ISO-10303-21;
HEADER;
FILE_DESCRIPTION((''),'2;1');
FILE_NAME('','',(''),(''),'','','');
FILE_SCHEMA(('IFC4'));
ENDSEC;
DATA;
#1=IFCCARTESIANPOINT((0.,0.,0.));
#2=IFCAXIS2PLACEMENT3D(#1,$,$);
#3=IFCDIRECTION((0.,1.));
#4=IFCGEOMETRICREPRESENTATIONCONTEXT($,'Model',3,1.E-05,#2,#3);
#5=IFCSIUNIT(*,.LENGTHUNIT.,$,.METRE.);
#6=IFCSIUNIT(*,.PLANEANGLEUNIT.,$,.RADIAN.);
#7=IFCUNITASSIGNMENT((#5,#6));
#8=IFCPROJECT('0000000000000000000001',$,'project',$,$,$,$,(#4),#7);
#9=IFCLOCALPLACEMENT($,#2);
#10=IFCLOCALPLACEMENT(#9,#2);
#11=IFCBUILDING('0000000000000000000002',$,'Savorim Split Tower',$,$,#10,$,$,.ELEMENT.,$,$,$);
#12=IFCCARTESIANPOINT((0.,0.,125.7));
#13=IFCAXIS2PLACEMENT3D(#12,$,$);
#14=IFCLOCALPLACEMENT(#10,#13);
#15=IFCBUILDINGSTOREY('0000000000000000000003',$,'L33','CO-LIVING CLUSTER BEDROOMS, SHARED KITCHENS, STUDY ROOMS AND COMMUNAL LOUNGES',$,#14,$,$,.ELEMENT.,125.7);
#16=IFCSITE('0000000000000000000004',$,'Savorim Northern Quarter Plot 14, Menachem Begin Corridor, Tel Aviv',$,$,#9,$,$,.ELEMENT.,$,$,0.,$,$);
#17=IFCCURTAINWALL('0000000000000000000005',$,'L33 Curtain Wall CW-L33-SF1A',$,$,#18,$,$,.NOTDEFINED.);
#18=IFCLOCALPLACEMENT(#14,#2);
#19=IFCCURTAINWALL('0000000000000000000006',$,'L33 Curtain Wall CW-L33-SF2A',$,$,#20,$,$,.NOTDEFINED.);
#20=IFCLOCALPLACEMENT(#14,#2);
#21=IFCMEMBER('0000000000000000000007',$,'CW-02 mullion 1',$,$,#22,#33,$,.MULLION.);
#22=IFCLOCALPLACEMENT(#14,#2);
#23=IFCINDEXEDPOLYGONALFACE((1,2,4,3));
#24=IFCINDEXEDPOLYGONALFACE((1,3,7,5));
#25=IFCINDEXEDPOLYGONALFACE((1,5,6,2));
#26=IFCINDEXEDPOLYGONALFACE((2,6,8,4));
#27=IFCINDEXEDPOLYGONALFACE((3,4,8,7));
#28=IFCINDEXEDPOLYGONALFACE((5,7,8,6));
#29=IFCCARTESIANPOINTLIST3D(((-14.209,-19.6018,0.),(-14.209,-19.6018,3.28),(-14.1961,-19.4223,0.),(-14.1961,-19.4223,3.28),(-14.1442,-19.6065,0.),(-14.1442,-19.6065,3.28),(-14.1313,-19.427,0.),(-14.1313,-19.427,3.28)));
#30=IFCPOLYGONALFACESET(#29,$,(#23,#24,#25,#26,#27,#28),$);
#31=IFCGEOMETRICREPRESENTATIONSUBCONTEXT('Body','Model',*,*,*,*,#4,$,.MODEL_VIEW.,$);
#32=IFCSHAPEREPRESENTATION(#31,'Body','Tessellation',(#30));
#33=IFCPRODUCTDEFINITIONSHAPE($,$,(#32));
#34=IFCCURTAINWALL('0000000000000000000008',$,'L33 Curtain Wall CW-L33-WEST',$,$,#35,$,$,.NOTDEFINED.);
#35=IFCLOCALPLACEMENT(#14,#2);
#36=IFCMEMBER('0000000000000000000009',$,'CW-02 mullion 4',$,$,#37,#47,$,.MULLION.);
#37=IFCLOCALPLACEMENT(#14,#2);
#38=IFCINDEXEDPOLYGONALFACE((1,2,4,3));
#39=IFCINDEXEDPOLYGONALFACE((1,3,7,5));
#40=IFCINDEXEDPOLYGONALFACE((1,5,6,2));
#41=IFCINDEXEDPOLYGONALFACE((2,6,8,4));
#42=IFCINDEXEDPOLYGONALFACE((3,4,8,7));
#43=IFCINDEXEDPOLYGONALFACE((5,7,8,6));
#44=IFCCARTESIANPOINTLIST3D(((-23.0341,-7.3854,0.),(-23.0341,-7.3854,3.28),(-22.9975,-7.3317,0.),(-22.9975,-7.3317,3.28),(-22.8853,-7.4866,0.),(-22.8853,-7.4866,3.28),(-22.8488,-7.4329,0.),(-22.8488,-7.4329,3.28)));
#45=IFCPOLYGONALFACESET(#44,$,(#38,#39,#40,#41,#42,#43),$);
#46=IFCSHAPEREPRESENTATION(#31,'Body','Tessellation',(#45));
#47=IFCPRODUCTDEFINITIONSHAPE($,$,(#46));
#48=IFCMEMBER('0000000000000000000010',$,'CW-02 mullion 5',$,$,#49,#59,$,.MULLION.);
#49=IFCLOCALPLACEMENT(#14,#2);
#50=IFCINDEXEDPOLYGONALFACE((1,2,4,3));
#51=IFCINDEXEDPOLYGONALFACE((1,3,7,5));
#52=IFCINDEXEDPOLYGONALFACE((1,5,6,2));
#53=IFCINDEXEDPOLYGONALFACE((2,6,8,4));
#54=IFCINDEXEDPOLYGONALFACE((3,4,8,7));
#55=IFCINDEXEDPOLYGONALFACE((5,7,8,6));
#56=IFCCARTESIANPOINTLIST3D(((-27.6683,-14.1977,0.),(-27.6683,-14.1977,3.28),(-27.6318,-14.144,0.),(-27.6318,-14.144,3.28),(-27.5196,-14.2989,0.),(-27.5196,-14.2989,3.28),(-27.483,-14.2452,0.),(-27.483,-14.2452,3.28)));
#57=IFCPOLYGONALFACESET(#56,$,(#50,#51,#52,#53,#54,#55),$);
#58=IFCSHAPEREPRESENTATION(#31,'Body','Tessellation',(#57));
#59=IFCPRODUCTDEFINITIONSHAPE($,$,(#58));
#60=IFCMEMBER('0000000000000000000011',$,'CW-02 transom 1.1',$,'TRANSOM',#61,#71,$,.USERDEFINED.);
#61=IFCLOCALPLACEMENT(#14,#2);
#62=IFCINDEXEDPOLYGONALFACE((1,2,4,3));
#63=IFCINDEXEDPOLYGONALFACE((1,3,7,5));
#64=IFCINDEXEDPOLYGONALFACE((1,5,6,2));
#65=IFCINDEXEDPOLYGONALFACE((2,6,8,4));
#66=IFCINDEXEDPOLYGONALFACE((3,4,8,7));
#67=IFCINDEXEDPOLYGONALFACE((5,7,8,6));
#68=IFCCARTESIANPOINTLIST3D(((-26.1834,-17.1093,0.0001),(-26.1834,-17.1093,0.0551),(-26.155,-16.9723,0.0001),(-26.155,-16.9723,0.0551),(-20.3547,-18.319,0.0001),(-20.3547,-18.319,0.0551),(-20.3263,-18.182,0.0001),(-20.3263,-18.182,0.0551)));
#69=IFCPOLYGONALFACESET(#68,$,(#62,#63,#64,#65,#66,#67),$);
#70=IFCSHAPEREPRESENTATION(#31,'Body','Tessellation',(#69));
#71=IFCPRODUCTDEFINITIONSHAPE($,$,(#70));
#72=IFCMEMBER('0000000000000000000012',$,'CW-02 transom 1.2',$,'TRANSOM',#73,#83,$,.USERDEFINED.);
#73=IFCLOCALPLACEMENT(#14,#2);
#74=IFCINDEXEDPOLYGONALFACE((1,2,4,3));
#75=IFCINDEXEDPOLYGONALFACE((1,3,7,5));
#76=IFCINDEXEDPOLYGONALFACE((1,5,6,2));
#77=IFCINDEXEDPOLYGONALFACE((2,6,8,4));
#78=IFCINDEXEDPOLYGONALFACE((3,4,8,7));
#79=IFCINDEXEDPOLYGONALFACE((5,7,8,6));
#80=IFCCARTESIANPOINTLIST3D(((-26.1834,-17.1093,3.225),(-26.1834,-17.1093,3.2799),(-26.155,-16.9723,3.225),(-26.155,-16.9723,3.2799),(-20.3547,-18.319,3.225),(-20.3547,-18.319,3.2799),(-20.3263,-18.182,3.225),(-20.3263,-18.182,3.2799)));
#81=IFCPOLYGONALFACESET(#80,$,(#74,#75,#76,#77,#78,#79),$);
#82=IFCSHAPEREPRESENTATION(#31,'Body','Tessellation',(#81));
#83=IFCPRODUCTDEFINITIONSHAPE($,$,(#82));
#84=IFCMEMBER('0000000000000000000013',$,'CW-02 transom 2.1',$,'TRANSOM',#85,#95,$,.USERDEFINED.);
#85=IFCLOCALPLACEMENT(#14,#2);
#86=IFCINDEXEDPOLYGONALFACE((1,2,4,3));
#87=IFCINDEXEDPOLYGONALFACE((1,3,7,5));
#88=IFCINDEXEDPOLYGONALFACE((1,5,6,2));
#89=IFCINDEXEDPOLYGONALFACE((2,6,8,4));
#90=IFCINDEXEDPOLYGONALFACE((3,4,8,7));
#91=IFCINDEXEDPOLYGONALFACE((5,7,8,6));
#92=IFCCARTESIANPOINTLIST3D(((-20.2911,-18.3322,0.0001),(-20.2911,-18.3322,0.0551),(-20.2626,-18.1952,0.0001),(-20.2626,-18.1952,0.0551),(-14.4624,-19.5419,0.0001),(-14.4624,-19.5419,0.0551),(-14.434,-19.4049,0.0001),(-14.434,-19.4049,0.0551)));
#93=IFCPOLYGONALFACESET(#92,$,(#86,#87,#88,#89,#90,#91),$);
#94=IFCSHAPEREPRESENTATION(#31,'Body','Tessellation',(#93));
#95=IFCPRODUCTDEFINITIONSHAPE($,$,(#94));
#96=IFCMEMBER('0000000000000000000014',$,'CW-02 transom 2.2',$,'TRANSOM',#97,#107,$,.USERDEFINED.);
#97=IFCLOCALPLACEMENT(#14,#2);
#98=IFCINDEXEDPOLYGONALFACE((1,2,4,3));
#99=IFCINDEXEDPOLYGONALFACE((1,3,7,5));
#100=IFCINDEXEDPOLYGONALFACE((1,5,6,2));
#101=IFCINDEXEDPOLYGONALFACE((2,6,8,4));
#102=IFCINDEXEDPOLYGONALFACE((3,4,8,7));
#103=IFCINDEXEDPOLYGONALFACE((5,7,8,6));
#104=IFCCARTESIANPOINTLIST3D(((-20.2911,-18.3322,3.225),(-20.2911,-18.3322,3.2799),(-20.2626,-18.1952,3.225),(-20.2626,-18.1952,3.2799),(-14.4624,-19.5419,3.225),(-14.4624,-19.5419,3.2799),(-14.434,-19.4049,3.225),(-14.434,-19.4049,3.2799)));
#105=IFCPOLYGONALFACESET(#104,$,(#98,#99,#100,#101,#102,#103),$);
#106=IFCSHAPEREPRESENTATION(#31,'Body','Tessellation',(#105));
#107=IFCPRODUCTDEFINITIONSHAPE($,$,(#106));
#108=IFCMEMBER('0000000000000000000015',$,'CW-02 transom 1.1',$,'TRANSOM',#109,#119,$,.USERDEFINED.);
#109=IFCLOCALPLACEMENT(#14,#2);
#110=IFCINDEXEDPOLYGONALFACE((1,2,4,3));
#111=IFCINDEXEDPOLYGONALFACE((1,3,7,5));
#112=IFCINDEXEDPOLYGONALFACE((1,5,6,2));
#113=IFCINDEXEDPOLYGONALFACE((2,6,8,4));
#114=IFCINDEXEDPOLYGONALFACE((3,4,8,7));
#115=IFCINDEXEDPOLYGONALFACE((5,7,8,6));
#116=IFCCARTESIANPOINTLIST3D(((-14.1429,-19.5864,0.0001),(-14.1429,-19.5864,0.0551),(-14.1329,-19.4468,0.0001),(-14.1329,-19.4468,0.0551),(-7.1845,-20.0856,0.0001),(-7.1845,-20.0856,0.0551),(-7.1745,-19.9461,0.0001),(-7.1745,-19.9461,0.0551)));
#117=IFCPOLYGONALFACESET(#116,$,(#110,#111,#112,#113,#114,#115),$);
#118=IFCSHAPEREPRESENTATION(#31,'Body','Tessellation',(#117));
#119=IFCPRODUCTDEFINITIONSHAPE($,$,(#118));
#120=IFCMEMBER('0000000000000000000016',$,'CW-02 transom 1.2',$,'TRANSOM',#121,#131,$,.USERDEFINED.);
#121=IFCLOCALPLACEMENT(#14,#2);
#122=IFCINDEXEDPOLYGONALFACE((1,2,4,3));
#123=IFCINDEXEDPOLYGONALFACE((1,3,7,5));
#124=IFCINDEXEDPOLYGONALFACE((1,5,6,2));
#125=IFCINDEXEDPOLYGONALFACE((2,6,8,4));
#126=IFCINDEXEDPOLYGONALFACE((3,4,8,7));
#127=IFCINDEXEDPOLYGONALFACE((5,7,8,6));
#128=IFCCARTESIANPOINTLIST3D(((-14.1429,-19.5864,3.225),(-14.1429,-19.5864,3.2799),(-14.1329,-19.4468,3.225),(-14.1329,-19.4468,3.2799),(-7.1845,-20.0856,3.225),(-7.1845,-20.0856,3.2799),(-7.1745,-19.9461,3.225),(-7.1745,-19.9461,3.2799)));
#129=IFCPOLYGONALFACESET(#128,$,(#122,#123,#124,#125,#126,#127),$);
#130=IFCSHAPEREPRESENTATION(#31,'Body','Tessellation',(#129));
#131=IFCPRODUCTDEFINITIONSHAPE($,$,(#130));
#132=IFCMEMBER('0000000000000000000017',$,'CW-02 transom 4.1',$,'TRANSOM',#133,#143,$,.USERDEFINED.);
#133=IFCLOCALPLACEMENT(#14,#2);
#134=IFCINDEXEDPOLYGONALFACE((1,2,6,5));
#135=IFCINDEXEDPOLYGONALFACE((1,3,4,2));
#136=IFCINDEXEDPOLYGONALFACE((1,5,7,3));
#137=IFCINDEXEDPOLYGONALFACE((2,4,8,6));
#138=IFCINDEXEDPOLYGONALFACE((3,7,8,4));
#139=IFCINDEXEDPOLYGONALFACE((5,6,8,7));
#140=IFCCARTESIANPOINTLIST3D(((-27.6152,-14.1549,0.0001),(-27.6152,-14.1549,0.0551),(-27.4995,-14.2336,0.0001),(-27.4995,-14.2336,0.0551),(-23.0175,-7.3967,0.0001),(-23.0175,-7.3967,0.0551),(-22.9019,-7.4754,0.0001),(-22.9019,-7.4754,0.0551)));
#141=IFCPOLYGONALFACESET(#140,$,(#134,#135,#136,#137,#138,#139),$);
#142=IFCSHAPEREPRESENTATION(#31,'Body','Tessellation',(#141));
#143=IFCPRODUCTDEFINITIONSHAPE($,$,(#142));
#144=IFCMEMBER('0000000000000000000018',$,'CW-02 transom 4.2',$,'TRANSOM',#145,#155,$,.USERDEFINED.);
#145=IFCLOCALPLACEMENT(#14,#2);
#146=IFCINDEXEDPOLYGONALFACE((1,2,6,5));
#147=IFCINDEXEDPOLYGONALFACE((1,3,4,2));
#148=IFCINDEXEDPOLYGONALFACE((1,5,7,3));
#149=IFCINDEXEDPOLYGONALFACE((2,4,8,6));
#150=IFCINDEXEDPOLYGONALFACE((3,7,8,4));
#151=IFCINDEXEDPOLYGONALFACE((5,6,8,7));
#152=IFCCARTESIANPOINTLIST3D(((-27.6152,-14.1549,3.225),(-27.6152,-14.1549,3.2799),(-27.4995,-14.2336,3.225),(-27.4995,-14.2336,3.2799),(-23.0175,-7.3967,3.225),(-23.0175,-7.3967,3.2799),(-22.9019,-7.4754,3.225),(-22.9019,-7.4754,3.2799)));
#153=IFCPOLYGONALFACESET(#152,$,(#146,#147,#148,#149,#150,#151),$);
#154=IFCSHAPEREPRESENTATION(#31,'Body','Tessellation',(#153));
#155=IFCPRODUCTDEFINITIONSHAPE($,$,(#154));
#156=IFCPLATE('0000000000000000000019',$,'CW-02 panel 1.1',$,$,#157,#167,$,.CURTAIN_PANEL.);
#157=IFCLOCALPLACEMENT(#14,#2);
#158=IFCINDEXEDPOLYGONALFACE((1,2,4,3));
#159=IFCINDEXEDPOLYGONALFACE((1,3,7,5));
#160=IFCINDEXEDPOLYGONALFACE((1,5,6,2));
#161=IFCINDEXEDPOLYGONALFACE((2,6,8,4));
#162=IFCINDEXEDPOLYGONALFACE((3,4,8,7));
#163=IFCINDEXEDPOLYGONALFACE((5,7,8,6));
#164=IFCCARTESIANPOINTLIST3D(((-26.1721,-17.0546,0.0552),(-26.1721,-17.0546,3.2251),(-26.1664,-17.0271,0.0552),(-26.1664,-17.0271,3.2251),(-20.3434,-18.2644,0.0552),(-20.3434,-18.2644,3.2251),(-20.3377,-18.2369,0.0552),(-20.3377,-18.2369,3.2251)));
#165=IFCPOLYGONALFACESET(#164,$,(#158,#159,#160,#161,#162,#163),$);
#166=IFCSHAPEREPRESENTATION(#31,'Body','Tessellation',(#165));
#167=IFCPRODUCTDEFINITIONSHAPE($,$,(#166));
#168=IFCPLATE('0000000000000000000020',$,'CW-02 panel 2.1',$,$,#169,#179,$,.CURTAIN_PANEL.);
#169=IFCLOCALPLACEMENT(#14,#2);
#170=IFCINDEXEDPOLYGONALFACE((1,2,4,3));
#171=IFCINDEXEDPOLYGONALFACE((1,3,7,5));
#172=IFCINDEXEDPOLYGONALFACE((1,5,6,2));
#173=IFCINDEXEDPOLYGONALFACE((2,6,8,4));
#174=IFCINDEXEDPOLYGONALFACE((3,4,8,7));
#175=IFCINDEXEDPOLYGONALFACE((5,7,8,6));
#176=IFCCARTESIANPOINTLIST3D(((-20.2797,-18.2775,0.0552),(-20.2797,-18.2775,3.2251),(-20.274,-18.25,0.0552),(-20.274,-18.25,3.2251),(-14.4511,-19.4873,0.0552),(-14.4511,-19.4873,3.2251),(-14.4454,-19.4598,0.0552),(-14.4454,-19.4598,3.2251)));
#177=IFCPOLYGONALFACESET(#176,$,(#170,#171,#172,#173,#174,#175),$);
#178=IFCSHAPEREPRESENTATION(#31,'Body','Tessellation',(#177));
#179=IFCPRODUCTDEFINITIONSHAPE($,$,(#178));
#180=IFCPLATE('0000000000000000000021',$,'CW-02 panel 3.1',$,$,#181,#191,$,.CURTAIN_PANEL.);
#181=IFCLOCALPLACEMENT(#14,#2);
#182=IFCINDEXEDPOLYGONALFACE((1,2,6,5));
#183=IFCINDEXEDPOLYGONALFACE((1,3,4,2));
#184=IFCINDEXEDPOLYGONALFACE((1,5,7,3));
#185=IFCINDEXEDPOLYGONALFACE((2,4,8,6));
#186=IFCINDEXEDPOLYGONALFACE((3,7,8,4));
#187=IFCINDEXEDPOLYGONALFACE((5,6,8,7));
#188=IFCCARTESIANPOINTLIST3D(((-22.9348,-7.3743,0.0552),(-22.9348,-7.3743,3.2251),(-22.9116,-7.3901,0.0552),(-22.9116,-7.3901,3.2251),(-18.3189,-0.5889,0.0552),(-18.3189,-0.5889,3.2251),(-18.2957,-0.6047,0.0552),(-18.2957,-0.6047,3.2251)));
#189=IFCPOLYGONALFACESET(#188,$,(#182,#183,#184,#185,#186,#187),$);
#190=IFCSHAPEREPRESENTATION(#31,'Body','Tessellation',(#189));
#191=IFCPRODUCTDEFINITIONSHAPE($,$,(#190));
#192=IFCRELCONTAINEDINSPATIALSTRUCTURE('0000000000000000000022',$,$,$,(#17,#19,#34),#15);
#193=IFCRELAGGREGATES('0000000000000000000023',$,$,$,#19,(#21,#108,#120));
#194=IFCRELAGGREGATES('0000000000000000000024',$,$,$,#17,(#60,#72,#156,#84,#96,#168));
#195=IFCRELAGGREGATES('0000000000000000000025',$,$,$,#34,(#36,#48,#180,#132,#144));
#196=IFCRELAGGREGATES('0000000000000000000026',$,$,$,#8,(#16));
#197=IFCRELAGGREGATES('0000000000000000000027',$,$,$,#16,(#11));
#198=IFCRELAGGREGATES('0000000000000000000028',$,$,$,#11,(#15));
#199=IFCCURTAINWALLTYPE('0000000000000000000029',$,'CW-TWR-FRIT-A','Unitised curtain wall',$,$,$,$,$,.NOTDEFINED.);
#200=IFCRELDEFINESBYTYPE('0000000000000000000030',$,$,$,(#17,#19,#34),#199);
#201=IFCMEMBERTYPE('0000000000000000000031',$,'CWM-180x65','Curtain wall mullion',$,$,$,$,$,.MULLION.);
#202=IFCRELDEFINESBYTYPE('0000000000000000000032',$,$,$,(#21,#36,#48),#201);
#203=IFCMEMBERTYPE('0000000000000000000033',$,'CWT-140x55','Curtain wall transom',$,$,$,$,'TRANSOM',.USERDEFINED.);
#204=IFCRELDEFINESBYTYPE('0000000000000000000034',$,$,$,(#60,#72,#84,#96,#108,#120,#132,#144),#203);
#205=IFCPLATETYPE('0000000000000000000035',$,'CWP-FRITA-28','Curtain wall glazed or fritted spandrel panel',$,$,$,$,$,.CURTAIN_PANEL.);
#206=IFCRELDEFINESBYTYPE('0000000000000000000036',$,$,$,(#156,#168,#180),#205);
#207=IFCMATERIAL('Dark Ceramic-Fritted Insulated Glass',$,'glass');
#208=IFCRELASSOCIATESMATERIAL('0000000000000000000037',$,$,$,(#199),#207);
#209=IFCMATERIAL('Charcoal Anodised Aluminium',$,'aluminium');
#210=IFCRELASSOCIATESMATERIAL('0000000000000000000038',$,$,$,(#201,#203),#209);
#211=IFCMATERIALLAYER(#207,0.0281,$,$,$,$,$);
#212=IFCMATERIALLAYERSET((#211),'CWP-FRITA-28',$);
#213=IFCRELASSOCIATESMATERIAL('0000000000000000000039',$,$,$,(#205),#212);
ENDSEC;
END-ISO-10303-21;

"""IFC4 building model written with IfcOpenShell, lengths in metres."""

from ifc_helpers import new_model, si_unit, direction, frame, origin, origin_2d, place, context, subcontext, project, spatial, rectangle, extrude, material, layer, layer_set, material_profile, profile_set, type_object, element, aggregate, save


model = new_model("IFC4")

# Units and contexts
model_context = context("Model", 3, precision=1e-05, world=origin(), true_north=direction((0.0, 1.0)))
body_context = subcontext(model_context, "Body", "Model", "MODEL_VIEW")
ifc_project = project(units=[si_unit("LENGTHUNIT", "METRE"), si_unit("PLANEANGLEUNIT", "RADIAN")], contexts=[model_context])

# Site, building, storey
site_placement = place(None, origin())
site = spatial("IfcSite", under=ifc_project, at=site_placement, Name="Savorim Northern Quarter Plot 14, Menachem Begin Corridor, Tel Aviv", CompositionType="ELEMENT", RefElevation=0.0)
building_placement = place(site_placement, origin())
building = spatial("IfcBuilding", under=site, at=building_placement, Name="Savorim Split Tower", CompositionType="ELEMENT")
storey_placement = place(building_placement, frame((0.0, 0.0, 125.7)))
storey = spatial("IfcBuildingStorey", under=building, at=storey_placement, Name="L33", Description="CO-LIVING CLUSTER BEDROOMS, SHARED KITCHENS, STUDY ROOMS AND COMMUNAL LOUNGES", CompositionType="ELEMENT", Elevation=125.7)

# Curtain wall
ifc_material_1 = material(Name="Dark Ceramic-Fritted Insulated Glass", Category="glass")
curtain_wall_type = type_object("IfcCurtainWallType", Name="CW-TWR-FRIT-A", Description="Unitised curtain wall", PredefinedType="NOTDEFINED", material=ifc_material_1)
curtain_wall_1_placement = place(storey_placement, origin())
curtain_wall_1 = element("IfcCurtainWall", 1, at=curtain_wall_1_placement, inside=storey, type_object=curtain_wall_type, Name="L33 Curtain Wall CW-L33-SF1A", PredefinedType="NOTDEFINED")
ifc_material_2 = material(Name="Charcoal Anodised Aluminium", Category="aluminium")
ifc_material_profile_1 = material_profile(ifc_material_2, rectangle(XDim=0.1799, YDim=0.0649, at=origin_2d()), Name="ALU-M 180x65")
ifc_profile_set_1 = profile_set([ifc_material_profile_1], Name="Charcoal Anodised Aluminium")
member_type_1 = type_object("IfcMemberType", Name="CWM-180x65", Description="Curtain wall mullion", PredefinedType="MULLION", material=ifc_profile_set_1)

# Curtain wall, member
curtain_wall_2_placement = place(storey_placement, origin())
curtain_wall_2 = element("IfcCurtainWall", 2, at=curtain_wall_2_placement, inside=storey, type_object=curtain_wall_type, Name="L33 Curtain Wall CW-L33-SF2A", PredefinedType="NOTDEFINED")
member_1_placement = place(storey_placement, frame((-14.1702, -19.5144, 0.0), z_axis=(0.0, 0.0, 1.0), x_axis=(0.071559, 0.997436, 0.0)))
member_1 = element("IfcMember", 3, at=member_1_placement, type_object=member_type_1, Name="CW-02 mullion 1", PredefinedType="MULLION", context=body_context, shape_type="SweptSolid", body=[
    extrude(rectangle(XDim=0.1799, YDim=0.0649, at=origin_2d()), origin(), (0.0, 0.0, 1.0), 3.28),
])

# Curtain wall, members
curtain_wall_3_placement = place(storey_placement, origin())
curtain_wall_3 = element("IfcCurtainWall", 4, at=curtain_wall_3_placement, inside=storey, type_object=curtain_wall_type, Name="L33 Curtain Wall CW-L33-WEST", PredefinedType="NOTDEFINED")
member_2_placement = place(storey_placement, frame((-22.9414, -7.4092, 0.0), z_axis=(0.0, 0.0, 1.0), x_axis=(0.82682, -0.562467, 0.0)))
member_2 = element("IfcMember", 5, at=member_2_placement, type_object=member_type_1, Name="CW-02 mullion 4", PredefinedType="MULLION", context=body_context, shape_type="SweptSolid", body=[
    extrude(rectangle(XDim=0.1799, YDim=0.0649, at=origin_2d()), origin(), (0.0, 0.0, 1.0), 3.28),
])
member_3_placement = place(storey_placement, frame((-27.5757, -14.2214, 0.0), z_axis=(0.0, 0.0, 1.0), x_axis=(0.82682, -0.562467, 0.0)))
member_3 = element("IfcMember", 6, at=member_3_placement, type_object=member_type_1, Name="CW-02 mullion 5", PredefinedType="MULLION", context=body_context, shape_type="SweptSolid", body=[
    extrude(rectangle(XDim=0.1799, YDim=0.0649, at=origin_2d()), origin(), (0.0, 0.0, 1.0), 3.28),
])

# Members
ifc_material_profile_2 = material_profile(ifc_material_2, rectangle(XDim=0.1399, YDim=0.0549, at=origin_2d()), Name="ALU-T 140x55")
ifc_profile_set_2 = profile_set([ifc_material_profile_2], Name="Charcoal Anodised Aluminium")
member_type_2 = type_object("IfcMemberType", Name="CWT-140x55", Description="Curtain wall transom", ElementType="TRANSOM", PredefinedType="USERDEFINED", material=ifc_profile_set_2)
member_4_placement = place(storey_placement, frame((-26.1692, -17.0408, 0.0276), z_axis=(0.979134, -0.203217, 0.0), x_axis=(0.203217, 0.979134, 0.0)))
member_4 = element("IfcMember", 7, at=member_4_placement, type_object=member_type_2, Name="CW-02 transom 1.1", ObjectType="TRANSOM", PredefinedType="USERDEFINED", context=body_context, shape_type="SweptSolid", body=[
    extrude(rectangle(XDim=0.1399, YDim=0.0549, at=origin_2d()), origin(), (0.0, 0.0, 1.0), 5.9529),
])
member_5_placement = place(storey_placement, frame((-26.1692, -17.0408, 3.2524), z_axis=(0.979134, -0.203217, 0.0), x_axis=(0.203217, 0.979134, 0.0)))
member_5 = element("IfcMember", 8, at=member_5_placement, type_object=member_type_2, Name="CW-02 transom 1.2", ObjectType="TRANSOM", PredefinedType="USERDEFINED", context=body_context, shape_type="SweptSolid", body=[
    extrude(rectangle(XDim=0.1399, YDim=0.0549, at=origin_2d()), origin(), (0.0, 0.0, 1.0), 5.9529),
])
member_6_placement = place(storey_placement, frame((-20.2769, -18.2637, 0.0276), z_axis=(0.979134, -0.203217, 0.0), x_axis=(0.203217, 0.979134, 0.0)))
member_6 = element("IfcMember", 9, at=member_6_placement, type_object=member_type_2, Name="CW-02 transom 2.1", ObjectType="TRANSOM", PredefinedType="USERDEFINED", context=body_context, shape_type="SweptSolid", body=[
    extrude(rectangle(XDim=0.1399, YDim=0.0549, at=origin_2d()), origin(), (0.0, 0.0, 1.0), 5.9529),
])
member_7_placement = place(storey_placement, frame((-20.2769, -18.2637, 3.2524), z_axis=(0.979134, -0.203217, 0.0), x_axis=(0.203217, 0.979134, 0.0)))
member_7 = element("IfcMember", 10, at=member_7_placement, type_object=member_type_2, Name="CW-02 transom 2.2", ObjectType="TRANSOM", PredefinedType="USERDEFINED", context=body_context, shape_type="SweptSolid", body=[
    extrude(rectangle(XDim=0.1399, YDim=0.0549, at=origin_2d()), origin(), (0.0, 0.0, 1.0), 5.9529),
])
member_8_placement = place(storey_placement, frame((-14.1379, -19.5166, 0.0276), z_axis=(0.997436, -0.071565, 0.0), x_axis=(0.071565, 0.997436, 0.0)))
member_8 = element("IfcMember", 11, at=member_8_placement, type_object=member_type_2, Name="CW-02 transom 1.1", ObjectType="TRANSOM", PredefinedType="USERDEFINED", context=body_context, shape_type="SweptSolid", body=[
    extrude(rectangle(XDim=0.1399, YDim=0.0549, at=origin_2d()), origin(), (0.0, 0.0, 1.0), 6.9763),
])
member_9_placement = place(storey_placement, frame((-14.1379, -19.5166, 3.2524), z_axis=(0.997436, -0.071565, 0.0), x_axis=(0.071565, 0.997436, 0.0)))
member_9 = element("IfcMember", 12, at=member_9_placement, type_object=member_type_2, Name="CW-02 transom 1.2", ObjectType="TRANSOM", PredefinedType="USERDEFINED", context=body_context, shape_type="SweptSolid", body=[
    extrude(rectangle(XDim=0.1399, YDim=0.0549, at=origin_2d()), origin(), (0.0, 0.0, 1.0), 6.9763),
])
aggregate(curtain_wall_2, [member_1, member_8, member_9])
member_10_placement = place(storey_placement, frame((-22.9597, -7.436, 0.0276), z_axis=(-0.562478, -0.826812, 0.0), x_axis=(0.826812, -0.562478, 0.0)))
member_10 = element("IfcMember", 13, at=member_10_placement, type_object=member_type_2, Name="CW-02 transom 4.1", ObjectType="TRANSOM", PredefinedType="USERDEFINED", context=body_context, shape_type="SweptSolid", body=[
    extrude(rectangle(XDim=0.1399, YDim=0.0549, at=origin_2d()), origin(), (0.0, 0.0, 1.0), 8.1738),
])
member_11_placement = place(storey_placement, frame((-22.9597, -7.436, 3.2524), z_axis=(-0.562478, -0.826812, 0.0), x_axis=(0.826812, -0.562478, 0.0)))
member_11 = element("IfcMember", 14, at=member_11_placement, type_object=member_type_2, Name="CW-02 transom 4.2", ObjectType="TRANSOM", PredefinedType="USERDEFINED", context=body_context, shape_type="SweptSolid", body=[
    extrude(rectangle(XDim=0.1399, YDim=0.0549, at=origin_2d()), origin(), (0.0, 0.0, 1.0), 8.1738),
])

# Plates
ifc_layer_1 = layer(ifc_material_1, 0.0281)
ifc_layer_set_1 = layer_set([ifc_layer_1], Name="CWP-FRITA-28")
plate_type = type_object("IfcPlateType", Name="CWP-FRITA-28", Description="Curtain wall glazed or fritted spandrel panel", PredefinedType="CURTAIN_PANEL", material=ifc_layer_set_1)
plate_1_placement = place(storey_placement, frame((-23.2549, -17.6458, 0.0552), z_axis=(0.0, 0.0, 1.0), x_axis=(0.979134, -0.203216, 0.0)))
plate_1 = element("IfcPlate", 15, at=plate_1_placement, type_object=plate_type, Name="CW-02 panel 1.1", PredefinedType="CURTAIN_PANEL", context=body_context, shape_type="SweptSolid", body=[
    extrude(rectangle(XDim=5.9529, YDim=0.0281, at=origin_2d()), origin(), (0.0, 0.0, 1.0), 3.1699),
])
plate_2_placement = place(storey_placement, frame((-17.3625, -18.8687, 0.0552), z_axis=(0.0, 0.0, 1.0), x_axis=(0.979134, -0.203216, 0.0)))
plate_2 = element("IfcPlate", 16, at=plate_2_placement, type_object=plate_type, Name="CW-02 panel 2.1", PredefinedType="CURTAIN_PANEL", context=body_context, shape_type="SweptSolid", body=[
    extrude(rectangle(XDim=5.9529, YDim=0.0281, at=origin_2d()), origin(), (0.0, 0.0, 1.0), 3.1699),
])
aggregate(curtain_wall_1, [member_4, member_5, plate_1, member_6, member_7, plate_2])
plate_3_placement = place(storey_placement, frame((-20.6152, -3.9895, 0.0552), z_axis=(0.0, 0.0, 1.0), x_axis=(-0.562467, -0.82682, 0.0)))
plate_3 = element("IfcPlate", 17, at=plate_3_placement, type_object=plate_type, Name="CW-02 panel 3.1", PredefinedType="CURTAIN_PANEL", context=body_context, shape_type="SweptSolid", body=[
    extrude(rectangle(XDim=8.2065, YDim=0.0281, at=origin_2d()), origin(), (0.0, 0.0, 1.0), 3.1699),
])
aggregate(curtain_wall_3, [member_2, member_3, plate_3, member_10, member_11])

save(model, "model.ifc")
